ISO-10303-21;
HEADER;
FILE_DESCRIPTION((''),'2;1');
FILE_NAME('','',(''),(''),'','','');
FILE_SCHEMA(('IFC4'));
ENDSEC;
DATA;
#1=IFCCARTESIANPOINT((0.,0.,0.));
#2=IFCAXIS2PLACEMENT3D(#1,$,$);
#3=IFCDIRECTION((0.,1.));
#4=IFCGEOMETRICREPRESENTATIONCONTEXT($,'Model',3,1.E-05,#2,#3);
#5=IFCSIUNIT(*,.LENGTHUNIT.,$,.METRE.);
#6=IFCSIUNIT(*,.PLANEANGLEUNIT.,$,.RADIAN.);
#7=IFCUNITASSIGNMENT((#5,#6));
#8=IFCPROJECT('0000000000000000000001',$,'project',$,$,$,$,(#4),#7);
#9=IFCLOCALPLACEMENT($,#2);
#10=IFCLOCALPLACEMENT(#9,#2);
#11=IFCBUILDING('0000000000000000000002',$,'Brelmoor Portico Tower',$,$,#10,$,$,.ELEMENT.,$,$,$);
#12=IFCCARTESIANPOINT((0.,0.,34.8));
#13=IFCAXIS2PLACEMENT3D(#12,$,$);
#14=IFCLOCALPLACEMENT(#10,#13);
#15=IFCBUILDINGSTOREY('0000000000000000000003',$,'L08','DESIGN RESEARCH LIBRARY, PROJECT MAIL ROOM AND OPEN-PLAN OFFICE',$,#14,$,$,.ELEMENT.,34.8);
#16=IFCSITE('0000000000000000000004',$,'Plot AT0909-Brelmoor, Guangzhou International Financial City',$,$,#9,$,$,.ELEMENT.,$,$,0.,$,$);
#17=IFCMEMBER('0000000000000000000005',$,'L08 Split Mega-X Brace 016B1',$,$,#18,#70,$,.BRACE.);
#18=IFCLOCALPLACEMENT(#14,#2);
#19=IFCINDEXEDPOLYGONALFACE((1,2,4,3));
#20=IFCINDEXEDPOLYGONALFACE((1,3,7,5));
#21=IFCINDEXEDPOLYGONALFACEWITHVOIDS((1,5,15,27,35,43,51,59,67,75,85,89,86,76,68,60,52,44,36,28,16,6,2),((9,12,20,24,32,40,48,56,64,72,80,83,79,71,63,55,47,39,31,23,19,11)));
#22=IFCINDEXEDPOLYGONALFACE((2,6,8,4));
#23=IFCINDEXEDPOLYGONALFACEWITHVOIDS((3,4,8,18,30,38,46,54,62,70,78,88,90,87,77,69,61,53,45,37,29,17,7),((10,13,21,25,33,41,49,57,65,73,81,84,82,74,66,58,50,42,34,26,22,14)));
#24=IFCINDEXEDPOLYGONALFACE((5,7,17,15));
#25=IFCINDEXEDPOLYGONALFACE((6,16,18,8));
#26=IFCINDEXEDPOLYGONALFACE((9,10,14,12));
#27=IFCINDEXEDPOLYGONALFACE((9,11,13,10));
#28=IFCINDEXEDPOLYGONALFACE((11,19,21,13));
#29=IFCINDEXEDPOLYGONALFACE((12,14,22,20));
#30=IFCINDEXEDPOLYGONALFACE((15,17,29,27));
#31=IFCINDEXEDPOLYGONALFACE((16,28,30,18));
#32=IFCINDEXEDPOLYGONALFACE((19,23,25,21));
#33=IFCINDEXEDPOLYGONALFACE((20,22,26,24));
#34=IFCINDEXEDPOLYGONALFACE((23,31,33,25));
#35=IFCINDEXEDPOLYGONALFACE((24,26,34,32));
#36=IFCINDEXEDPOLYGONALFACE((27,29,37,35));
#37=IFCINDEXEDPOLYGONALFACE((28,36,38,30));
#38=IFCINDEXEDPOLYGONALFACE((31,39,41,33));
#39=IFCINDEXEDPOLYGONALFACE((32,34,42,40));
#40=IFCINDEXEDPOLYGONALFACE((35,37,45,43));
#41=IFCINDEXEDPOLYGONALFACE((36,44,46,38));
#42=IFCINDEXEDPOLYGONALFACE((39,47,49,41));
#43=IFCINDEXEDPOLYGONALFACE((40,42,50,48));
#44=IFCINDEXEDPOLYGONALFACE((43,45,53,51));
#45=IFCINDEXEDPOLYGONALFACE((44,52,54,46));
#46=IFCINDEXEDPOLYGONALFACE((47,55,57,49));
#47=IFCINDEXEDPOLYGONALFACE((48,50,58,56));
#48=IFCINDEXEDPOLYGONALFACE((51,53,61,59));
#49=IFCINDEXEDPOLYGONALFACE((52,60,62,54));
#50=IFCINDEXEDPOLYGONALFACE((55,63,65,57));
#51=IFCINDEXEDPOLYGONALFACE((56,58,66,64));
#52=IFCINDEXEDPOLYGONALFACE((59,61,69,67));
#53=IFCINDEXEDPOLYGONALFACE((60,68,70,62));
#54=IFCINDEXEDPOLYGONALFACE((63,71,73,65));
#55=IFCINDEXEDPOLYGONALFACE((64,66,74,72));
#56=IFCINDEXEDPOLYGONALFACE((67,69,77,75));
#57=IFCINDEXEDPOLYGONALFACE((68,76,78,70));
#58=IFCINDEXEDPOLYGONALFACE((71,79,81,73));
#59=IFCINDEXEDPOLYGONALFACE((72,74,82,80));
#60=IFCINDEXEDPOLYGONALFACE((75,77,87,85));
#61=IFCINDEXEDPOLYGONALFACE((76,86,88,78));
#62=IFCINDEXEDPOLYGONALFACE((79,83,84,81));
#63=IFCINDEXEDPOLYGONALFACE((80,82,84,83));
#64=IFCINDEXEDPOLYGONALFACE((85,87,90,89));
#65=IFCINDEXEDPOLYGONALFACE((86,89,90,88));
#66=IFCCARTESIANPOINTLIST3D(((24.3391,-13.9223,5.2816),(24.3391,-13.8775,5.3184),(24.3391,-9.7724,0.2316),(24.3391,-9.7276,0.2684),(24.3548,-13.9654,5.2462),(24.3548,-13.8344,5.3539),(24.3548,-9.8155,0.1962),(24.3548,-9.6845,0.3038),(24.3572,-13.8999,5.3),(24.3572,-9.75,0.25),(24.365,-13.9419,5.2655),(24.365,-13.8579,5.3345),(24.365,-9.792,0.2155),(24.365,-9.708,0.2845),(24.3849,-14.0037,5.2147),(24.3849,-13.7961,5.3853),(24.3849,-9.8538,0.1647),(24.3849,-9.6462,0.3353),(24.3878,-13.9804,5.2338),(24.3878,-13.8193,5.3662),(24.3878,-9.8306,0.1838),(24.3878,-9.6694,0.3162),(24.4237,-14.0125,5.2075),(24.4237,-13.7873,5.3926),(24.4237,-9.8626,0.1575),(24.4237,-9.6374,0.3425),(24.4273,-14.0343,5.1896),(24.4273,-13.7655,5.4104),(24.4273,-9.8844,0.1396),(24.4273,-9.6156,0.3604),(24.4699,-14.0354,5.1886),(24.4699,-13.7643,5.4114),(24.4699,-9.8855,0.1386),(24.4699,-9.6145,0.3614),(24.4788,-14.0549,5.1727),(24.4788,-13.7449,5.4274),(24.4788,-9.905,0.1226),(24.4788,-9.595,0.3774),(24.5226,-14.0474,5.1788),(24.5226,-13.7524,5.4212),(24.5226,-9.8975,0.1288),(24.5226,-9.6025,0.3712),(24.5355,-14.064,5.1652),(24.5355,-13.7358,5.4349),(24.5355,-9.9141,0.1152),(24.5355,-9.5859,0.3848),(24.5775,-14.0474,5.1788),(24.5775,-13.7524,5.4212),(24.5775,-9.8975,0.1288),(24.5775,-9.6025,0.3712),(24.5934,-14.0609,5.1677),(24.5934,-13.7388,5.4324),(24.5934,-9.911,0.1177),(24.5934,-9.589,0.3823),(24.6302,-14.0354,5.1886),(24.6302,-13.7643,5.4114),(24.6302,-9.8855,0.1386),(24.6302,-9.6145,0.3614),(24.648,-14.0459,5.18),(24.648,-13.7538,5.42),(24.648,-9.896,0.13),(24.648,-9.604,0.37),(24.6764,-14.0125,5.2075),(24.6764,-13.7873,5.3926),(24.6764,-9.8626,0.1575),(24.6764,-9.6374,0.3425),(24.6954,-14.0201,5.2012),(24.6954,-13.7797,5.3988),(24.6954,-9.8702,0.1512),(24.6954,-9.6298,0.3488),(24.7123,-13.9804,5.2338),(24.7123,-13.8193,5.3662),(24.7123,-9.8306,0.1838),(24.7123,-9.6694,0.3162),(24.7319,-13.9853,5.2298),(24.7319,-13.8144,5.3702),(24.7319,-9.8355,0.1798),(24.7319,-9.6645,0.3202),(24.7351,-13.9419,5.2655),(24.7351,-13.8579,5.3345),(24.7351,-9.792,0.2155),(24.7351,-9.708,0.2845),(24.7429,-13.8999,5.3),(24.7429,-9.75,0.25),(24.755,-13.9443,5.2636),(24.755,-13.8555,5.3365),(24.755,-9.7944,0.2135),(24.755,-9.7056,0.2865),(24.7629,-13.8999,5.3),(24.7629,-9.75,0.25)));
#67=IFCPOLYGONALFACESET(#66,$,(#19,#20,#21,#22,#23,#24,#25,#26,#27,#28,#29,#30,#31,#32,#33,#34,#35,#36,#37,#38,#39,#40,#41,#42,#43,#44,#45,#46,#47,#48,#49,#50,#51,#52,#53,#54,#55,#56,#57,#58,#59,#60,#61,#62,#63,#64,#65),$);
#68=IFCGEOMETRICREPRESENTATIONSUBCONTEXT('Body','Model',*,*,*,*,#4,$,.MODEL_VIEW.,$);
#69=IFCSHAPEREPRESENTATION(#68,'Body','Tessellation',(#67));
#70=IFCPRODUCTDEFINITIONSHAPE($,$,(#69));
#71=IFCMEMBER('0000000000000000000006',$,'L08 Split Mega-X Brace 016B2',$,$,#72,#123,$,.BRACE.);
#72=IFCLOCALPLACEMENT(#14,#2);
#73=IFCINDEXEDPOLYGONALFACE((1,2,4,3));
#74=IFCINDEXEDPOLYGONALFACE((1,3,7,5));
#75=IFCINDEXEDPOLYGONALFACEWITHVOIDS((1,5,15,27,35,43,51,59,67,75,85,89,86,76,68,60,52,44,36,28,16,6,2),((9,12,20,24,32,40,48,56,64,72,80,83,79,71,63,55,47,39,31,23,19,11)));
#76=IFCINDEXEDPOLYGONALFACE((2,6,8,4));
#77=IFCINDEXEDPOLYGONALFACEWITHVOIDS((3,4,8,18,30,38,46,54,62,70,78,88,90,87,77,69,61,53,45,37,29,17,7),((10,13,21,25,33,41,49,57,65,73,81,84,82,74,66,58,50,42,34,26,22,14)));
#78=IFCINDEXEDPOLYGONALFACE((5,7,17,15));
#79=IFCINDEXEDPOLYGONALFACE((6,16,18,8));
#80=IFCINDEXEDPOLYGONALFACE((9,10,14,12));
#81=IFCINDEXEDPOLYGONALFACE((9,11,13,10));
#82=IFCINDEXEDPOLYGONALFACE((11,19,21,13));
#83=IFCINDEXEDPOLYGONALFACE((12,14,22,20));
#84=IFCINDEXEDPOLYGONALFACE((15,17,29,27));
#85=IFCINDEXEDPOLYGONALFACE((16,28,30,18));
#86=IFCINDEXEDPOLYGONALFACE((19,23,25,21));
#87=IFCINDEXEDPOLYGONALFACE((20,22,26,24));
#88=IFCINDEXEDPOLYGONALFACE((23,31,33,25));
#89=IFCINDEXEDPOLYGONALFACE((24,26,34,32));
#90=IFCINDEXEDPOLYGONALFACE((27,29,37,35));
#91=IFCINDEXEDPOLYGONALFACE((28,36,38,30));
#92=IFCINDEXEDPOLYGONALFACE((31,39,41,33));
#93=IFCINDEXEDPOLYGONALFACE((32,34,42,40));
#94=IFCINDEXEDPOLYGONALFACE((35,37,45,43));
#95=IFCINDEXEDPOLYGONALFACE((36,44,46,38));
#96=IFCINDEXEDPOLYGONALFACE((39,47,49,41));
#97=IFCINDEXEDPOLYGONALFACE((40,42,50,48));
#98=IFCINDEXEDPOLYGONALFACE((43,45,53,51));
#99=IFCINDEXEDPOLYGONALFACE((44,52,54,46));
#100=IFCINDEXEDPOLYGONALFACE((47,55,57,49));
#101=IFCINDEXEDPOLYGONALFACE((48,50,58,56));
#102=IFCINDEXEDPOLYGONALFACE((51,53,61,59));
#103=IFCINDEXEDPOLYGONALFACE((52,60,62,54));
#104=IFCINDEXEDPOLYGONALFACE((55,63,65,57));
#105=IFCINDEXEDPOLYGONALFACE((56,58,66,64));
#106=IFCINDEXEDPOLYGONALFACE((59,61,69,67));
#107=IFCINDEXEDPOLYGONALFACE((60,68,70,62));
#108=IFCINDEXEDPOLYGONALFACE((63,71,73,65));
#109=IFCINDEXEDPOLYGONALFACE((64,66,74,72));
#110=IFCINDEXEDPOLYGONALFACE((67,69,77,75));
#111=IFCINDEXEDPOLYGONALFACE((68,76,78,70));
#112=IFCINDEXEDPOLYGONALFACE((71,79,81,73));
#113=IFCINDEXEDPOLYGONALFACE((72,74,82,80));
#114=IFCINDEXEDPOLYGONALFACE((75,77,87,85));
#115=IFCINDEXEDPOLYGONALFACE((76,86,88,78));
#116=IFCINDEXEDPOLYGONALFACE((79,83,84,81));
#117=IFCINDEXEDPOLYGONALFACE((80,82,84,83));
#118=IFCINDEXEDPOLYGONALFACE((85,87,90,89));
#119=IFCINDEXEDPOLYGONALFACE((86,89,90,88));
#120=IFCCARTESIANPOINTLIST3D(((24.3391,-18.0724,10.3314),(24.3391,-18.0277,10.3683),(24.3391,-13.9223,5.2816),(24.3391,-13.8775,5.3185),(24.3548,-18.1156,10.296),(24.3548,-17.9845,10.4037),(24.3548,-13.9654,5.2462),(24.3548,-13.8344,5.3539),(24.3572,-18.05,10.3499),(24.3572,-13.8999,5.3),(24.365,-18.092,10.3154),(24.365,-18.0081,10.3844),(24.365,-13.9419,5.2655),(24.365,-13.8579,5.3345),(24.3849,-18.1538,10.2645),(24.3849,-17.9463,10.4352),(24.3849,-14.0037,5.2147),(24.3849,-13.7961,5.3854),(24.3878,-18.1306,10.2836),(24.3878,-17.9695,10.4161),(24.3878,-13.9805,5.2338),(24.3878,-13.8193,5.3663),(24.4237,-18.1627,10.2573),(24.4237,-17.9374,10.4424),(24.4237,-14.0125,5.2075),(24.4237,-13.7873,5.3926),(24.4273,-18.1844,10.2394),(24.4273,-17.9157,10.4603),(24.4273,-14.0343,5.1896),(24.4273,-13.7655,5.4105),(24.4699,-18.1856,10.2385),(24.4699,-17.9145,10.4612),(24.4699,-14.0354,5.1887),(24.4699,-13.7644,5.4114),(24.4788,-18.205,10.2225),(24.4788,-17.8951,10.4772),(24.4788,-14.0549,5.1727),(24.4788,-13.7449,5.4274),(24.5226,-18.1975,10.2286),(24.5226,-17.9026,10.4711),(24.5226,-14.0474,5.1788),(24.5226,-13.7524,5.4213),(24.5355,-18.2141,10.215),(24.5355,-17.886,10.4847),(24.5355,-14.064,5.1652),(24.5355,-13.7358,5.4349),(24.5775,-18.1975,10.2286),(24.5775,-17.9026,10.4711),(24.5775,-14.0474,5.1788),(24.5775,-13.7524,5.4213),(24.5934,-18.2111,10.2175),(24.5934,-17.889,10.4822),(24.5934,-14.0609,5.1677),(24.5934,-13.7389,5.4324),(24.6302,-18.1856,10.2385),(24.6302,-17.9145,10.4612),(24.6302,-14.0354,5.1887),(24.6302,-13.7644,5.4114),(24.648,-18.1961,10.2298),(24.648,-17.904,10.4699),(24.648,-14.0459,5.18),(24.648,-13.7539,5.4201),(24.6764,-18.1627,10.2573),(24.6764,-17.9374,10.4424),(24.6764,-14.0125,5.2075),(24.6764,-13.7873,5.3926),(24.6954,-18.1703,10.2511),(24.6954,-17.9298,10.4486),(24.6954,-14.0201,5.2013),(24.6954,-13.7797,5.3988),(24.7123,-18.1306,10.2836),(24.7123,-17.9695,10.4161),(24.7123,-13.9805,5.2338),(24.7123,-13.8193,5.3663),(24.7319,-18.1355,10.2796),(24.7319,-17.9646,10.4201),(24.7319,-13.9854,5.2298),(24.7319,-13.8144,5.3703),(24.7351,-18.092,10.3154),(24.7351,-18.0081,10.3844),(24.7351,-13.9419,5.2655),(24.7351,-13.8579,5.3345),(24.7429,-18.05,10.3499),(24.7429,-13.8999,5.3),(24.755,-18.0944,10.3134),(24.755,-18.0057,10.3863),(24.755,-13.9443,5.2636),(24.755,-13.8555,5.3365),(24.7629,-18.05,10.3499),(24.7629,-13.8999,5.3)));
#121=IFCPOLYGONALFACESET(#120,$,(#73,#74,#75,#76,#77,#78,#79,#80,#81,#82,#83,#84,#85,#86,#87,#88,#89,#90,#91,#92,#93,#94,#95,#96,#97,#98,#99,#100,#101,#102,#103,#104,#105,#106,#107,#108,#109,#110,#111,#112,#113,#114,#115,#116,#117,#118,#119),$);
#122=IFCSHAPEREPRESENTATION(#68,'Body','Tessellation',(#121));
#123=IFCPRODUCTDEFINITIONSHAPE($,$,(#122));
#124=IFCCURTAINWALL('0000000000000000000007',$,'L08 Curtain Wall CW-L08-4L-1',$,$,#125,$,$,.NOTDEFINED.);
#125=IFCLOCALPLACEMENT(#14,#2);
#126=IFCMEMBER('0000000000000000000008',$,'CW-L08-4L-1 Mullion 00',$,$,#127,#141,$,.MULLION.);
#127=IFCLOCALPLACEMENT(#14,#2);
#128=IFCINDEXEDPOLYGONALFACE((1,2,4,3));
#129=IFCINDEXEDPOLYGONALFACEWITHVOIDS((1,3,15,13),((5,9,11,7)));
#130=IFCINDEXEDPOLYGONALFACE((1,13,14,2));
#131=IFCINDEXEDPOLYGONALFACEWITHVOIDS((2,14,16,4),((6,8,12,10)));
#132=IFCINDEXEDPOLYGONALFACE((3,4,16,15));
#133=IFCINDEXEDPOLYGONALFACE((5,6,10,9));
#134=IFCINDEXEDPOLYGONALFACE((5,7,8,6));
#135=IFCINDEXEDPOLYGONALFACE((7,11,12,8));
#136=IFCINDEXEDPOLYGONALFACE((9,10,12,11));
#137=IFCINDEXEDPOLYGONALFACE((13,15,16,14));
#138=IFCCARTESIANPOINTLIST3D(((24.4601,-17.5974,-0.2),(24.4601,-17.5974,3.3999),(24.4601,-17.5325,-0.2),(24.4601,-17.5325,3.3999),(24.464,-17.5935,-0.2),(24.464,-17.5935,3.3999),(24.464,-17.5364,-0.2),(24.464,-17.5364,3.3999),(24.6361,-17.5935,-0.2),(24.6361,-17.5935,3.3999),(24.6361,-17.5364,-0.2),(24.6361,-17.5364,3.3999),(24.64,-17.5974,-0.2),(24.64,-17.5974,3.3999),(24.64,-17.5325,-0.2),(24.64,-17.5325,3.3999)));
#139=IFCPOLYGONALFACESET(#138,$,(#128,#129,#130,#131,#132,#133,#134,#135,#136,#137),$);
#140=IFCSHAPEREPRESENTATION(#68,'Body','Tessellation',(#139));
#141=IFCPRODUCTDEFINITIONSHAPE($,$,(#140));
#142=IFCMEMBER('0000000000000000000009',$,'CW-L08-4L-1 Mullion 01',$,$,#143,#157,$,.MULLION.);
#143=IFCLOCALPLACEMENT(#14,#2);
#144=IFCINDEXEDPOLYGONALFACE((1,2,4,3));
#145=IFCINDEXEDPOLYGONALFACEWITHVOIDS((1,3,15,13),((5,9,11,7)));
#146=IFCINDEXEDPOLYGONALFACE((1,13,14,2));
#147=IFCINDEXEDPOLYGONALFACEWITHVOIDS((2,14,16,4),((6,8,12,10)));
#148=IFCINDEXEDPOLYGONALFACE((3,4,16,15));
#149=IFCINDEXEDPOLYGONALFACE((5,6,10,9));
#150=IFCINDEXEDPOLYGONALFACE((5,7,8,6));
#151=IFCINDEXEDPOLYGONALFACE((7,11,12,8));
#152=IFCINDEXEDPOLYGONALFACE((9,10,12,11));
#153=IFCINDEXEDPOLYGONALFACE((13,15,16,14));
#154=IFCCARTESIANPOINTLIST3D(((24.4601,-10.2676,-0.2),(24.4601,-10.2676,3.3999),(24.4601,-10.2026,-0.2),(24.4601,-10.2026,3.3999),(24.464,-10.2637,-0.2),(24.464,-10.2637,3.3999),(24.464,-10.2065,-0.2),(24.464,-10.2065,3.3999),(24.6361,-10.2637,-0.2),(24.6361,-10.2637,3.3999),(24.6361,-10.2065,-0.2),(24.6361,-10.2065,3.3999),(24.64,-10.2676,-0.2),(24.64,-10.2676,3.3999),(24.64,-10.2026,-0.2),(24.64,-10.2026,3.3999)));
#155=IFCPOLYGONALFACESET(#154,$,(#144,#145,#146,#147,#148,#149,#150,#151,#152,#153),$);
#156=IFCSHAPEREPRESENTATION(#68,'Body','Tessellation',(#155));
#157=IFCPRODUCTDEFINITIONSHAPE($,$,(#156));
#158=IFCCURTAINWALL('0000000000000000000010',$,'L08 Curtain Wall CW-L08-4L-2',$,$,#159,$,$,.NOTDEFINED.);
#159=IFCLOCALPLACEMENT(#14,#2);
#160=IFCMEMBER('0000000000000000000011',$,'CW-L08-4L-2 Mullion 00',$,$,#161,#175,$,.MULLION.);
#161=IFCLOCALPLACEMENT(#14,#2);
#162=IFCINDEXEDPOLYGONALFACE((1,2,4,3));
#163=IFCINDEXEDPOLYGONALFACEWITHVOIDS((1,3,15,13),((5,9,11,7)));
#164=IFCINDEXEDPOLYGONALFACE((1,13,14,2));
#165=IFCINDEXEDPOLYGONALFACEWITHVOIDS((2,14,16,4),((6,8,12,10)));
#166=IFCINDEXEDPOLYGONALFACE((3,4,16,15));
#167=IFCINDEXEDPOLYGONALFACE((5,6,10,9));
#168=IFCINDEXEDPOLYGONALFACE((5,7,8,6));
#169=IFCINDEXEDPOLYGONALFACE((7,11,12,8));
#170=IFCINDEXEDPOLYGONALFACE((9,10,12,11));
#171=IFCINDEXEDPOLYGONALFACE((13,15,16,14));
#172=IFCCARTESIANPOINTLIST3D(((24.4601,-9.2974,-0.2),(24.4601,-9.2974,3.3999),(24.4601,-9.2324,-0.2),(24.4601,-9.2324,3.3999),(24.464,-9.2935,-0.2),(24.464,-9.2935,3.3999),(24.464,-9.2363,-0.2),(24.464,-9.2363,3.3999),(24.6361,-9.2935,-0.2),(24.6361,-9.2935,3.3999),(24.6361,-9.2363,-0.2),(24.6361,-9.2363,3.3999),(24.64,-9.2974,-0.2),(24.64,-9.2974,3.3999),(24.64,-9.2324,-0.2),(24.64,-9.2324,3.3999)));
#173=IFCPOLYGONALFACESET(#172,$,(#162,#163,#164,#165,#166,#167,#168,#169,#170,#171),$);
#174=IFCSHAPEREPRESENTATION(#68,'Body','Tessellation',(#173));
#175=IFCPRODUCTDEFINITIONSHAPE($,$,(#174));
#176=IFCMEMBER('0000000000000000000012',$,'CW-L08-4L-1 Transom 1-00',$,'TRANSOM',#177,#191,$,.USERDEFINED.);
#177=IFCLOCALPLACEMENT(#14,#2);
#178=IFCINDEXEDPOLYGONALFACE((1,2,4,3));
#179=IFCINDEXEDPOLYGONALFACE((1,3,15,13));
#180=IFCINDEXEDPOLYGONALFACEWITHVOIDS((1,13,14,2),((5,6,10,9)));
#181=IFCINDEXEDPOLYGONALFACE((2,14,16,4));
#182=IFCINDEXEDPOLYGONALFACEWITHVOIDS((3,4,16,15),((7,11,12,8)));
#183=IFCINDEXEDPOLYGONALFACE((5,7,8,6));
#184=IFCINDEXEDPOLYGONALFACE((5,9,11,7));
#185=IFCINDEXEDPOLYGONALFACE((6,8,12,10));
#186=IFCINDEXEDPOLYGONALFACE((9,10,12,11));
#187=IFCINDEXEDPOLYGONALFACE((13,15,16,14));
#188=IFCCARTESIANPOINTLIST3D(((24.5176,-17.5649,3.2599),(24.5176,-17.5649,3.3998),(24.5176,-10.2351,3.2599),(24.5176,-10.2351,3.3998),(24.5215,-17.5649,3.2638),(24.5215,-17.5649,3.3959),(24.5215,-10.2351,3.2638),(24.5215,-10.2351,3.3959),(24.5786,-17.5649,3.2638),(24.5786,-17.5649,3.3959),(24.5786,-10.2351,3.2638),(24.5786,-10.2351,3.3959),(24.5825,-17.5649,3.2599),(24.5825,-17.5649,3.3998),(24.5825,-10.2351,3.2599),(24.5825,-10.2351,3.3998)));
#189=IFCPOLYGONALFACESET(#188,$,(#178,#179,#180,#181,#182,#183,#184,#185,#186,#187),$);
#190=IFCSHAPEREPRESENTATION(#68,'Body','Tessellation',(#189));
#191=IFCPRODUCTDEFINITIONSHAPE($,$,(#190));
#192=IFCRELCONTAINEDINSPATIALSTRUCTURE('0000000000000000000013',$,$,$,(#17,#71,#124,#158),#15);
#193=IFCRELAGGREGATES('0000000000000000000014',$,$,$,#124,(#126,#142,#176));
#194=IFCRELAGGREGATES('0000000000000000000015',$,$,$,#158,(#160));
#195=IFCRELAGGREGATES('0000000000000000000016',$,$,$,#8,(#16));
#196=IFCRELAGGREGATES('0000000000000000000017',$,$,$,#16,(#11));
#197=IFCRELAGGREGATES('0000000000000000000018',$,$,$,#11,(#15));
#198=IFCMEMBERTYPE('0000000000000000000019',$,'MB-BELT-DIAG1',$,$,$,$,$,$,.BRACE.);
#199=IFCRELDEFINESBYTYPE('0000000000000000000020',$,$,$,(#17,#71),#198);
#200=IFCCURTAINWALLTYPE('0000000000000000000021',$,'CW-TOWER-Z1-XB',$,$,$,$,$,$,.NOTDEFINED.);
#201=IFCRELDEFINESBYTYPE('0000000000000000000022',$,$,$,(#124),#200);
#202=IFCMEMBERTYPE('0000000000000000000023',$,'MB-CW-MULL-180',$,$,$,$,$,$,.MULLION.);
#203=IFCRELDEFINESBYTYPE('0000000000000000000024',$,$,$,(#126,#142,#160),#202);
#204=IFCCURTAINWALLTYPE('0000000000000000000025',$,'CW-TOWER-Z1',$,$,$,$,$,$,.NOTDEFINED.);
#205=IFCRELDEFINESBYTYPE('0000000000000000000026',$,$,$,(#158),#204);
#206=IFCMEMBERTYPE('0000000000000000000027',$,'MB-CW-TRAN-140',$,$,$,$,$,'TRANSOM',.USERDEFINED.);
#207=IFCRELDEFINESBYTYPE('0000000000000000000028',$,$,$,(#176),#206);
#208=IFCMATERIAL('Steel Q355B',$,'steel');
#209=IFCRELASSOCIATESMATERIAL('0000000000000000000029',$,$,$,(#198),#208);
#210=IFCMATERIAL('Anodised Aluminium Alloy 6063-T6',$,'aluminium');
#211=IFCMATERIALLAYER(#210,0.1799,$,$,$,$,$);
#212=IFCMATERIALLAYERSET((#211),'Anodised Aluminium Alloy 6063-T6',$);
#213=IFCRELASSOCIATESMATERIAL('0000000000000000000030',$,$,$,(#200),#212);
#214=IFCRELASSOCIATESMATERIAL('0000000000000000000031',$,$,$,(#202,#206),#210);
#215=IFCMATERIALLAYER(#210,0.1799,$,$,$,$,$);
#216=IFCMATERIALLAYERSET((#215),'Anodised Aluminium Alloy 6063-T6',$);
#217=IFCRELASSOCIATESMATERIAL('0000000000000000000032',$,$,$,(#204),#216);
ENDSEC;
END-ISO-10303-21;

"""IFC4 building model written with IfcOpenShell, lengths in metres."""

from ifc_helpers import new_model, si_unit, direction, frame, origin, origin_2d, place, context, subcontext, project, spatial, hollow_rectangle, hollow_circle, extrude, material, layer, layer_set, material_profile, profile_set, type_object, element, aggregate, save


model = new_model("IFC4")

# Units and contexts
model_context = context("Model", 3, precision=1e-05, world=origin(), true_north=direction((0.0, 1.0)))
body_context = subcontext(model_context, "Body", "Model", "MODEL_VIEW")
ifc_project = project(units=[si_unit("LENGTHUNIT", "METRE"), si_unit("PLANEANGLEUNIT", "RADIAN")], contexts=[model_context])

# Site, building, storey
site_placement = place(None, origin())
site = spatial("IfcSite", under=ifc_project, at=site_placement, Name="Plot AT0909-Brelmoor, Guangzhou International Financial City", CompositionType="ELEMENT", RefElevation=0.0)
building_placement = place(site_placement, origin())
building = spatial("IfcBuilding", under=site, at=building_placement, Name="Brelmoor Portico Tower", CompositionType="ELEMENT")
storey_placement = place(building_placement, frame((0.0, 0.0, 34.8)))
storey = spatial("IfcBuildingStorey", under=building, at=storey_placement, Name="L08", Description="DESIGN RESEARCH LIBRARY, PROJECT MAIL ROOM AND OPEN-PLAN OFFICE", CompositionType="ELEMENT", Elevation=34.8)

# Shared definitions
ifc_material_1 = material(Name="Steel Q355B", Category="steel")

# Members
ifc_material_profile_1 = material_profile(ifc_material_1, hollow_circle(Radius=0.2129, WallThickness=0.02, at=origin_2d()), Name="CHS 426x20")
ifc_profile_set_1 = profile_set([ifc_material_profile_1], Name="Steel Q355B")
member_type_1 = type_object("IfcMemberType", Name="MB-BELT-DIAG1", PredefinedType="BRACE", material=ifc_profile_set_1)
for number, where, z_axis, x_axis, name in (
    (1, (24.55, -9.75, 0.25), (0.0, -0.63489, 0.772603), (1.0, 0.0, 0.0), "L08 Split Mega-X Brace 016B1"),
    (2, (24.55, -13.8999, 5.3), (0.0, -0.634931, 0.772569), (1.0, 0.0, 0.0), "L08 Split Mega-X Brace 016B2"),
):
    element("IfcMember", number, at=place(storey_placement, frame(where, z_axis=z_axis, x_axis=x_axis)), inside=storey, type_object=member_type_1, Name=name, PredefinedType="BRACE", context=body_context, shape_type="SweptSolid", body=[
        extrude(hollow_circle(Radius=0.2129, WallThickness=0.02, at=origin_2d()), origin(), (0.0, 0.0, 1.0), 6.5364),
    ])

# Curtain wall, members
ifc_material_2 = material(Name="Anodised Aluminium Alloy 6063-T6", Category="aluminium")
ifc_layer_1 = layer(ifc_material_2, 0.1799)
ifc_layer_set_1 = layer_set([ifc_layer_1], Name="Anodised Aluminium Alloy 6063-T6")
curtain_wall_type_1 = type_object("IfcCurtainWallType", Name="CW-TOWER-Z1-XB", PredefinedType="NOTDEFINED", material=ifc_layer_set_1)
curtain_wall_1_placement = place(storey_placement, origin())
curtain_wall_1 = element("IfcCurtainWall", 3, at=curtain_wall_1_placement, inside=storey, type_object=curtain_wall_type_1, Name="L08 Curtain Wall CW-L08-4L-1", PredefinedType="NOTDEFINED")
ifc_material_profile_2 = material_profile(ifc_material_2, hollow_rectangle(XDim=0.0649, YDim=0.1799, WallThickness=0.0039, at=origin_2d()), Name="ALU MULLION 65x180")
ifc_profile_set_2 = profile_set([ifc_material_profile_2], Name="Anodised Aluminium Alloy 6063-T6")
member_type_2 = type_object("IfcMemberType", Name="MB-CW-MULL-180", PredefinedType="MULLION", material=ifc_profile_set_2)
member_1_placement = place(storey_placement, frame((24.55, -17.5649, -0.2), z_axis=(0.0, 0.0, 1.0), x_axis=(0.0, 1.0, 0.0)))
member_1 = element("IfcMember", 4, at=member_1_placement, type_object=member_type_2, Name="CW-L08-4L-1 Mullion 00", PredefinedType="MULLION", context=body_context, shape_type="SweptSolid", body=[
    extrude(hollow_rectangle(XDim=0.0649, YDim=0.1799, WallThickness=0.0039, at=origin_2d()), origin(), (0.0, 0.0, 1.0), 3.5999),
])
member_2_placement = place(storey_placement, frame((24.55, -10.2351, -0.2), z_axis=(0.0, 0.0, 1.0), x_axis=(0.0, 1.0, 0.0)))
member_2 = element("IfcMember", 5, at=member_2_placement, type_object=member_type_2, Name="CW-L08-4L-1 Mullion 01", PredefinedType="MULLION", context=body_context, shape_type="SweptSolid", body=[
    extrude(hollow_rectangle(XDim=0.0649, YDim=0.1799, WallThickness=0.0039, at=origin_2d()), origin(), (0.0, 0.0, 1.0), 3.5999),
])

# Curtain wall, member
ifc_layer_2 = layer(ifc_material_2, 0.1799)
ifc_layer_set_2 = layer_set([ifc_layer_2], Name="Anodised Aluminium Alloy 6063-T6")
curtain_wall_type_2 = type_object("IfcCurtainWallType", Name="CW-TOWER-Z1", PredefinedType="NOTDEFINED", material=ifc_layer_set_2)
curtain_wall_2_placement = place(storey_placement, origin())
curtain_wall_2 = element("IfcCurtainWall", 6, at=curtain_wall_2_placement, inside=storey, type_object=curtain_wall_type_2, Name="L08 Curtain Wall CW-L08-4L-2", PredefinedType="NOTDEFINED")
member_3_placement = place(storey_placement, frame((24.55, -9.2649, -0.2), z_axis=(0.0, 0.0, 1.0), x_axis=(0.0, 1.0, 0.0)))
member_3 = element("IfcMember", 7, at=member_3_placement, type_object=member_type_2, Name="CW-L08-4L-2 Mullion 00", PredefinedType="MULLION", context=body_context, shape_type="SweptSolid", body=[
    extrude(hollow_rectangle(XDim=0.0649, YDim=0.1799, WallThickness=0.0039, at=origin_2d()), origin(), (0.0, 0.0, 1.0), 3.5999),
])

# Member
ifc_material_profile_3 = material_profile(ifc_material_2, hollow_rectangle(XDim=0.0649, YDim=0.1399, WallThickness=0.0039, at=origin_2d()), Name="ALU TRANSOM 65x140")
ifc_profile_set_3 = profile_set([ifc_material_profile_3], Name="Anodised Aluminium Alloy 6063-T6")
member_type_3 = type_object("IfcMemberType", Name="MB-CW-TRAN-140", ElementType="TRANSOM", PredefinedType="USERDEFINED", material=ifc_profile_set_3)
member_4_placement = place(storey_placement, frame((24.55, -17.5649, 3.3298), z_axis=(0.0, 1.0, 0.0), x_axis=(-1.0, 0.0, 0.0)))
member_4 = element("IfcMember", 8, at=member_4_placement, type_object=member_type_3, Name="CW-L08-4L-1 Transom 1-00", ObjectType="TRANSOM", PredefinedType="USERDEFINED", context=body_context, shape_type="SweptSolid", body=[
    extrude(hollow_rectangle(XDim=0.0649, YDim=0.1399, WallThickness=0.0039, at=origin_2d()), origin(), (0.0, 0.0, 1.0), 7.3298),
])

aggregate(curtain_wall_1, [member_1, member_2, member_4])
aggregate(curtain_wall_2, [member_3])

save(model, "model.ifc")
